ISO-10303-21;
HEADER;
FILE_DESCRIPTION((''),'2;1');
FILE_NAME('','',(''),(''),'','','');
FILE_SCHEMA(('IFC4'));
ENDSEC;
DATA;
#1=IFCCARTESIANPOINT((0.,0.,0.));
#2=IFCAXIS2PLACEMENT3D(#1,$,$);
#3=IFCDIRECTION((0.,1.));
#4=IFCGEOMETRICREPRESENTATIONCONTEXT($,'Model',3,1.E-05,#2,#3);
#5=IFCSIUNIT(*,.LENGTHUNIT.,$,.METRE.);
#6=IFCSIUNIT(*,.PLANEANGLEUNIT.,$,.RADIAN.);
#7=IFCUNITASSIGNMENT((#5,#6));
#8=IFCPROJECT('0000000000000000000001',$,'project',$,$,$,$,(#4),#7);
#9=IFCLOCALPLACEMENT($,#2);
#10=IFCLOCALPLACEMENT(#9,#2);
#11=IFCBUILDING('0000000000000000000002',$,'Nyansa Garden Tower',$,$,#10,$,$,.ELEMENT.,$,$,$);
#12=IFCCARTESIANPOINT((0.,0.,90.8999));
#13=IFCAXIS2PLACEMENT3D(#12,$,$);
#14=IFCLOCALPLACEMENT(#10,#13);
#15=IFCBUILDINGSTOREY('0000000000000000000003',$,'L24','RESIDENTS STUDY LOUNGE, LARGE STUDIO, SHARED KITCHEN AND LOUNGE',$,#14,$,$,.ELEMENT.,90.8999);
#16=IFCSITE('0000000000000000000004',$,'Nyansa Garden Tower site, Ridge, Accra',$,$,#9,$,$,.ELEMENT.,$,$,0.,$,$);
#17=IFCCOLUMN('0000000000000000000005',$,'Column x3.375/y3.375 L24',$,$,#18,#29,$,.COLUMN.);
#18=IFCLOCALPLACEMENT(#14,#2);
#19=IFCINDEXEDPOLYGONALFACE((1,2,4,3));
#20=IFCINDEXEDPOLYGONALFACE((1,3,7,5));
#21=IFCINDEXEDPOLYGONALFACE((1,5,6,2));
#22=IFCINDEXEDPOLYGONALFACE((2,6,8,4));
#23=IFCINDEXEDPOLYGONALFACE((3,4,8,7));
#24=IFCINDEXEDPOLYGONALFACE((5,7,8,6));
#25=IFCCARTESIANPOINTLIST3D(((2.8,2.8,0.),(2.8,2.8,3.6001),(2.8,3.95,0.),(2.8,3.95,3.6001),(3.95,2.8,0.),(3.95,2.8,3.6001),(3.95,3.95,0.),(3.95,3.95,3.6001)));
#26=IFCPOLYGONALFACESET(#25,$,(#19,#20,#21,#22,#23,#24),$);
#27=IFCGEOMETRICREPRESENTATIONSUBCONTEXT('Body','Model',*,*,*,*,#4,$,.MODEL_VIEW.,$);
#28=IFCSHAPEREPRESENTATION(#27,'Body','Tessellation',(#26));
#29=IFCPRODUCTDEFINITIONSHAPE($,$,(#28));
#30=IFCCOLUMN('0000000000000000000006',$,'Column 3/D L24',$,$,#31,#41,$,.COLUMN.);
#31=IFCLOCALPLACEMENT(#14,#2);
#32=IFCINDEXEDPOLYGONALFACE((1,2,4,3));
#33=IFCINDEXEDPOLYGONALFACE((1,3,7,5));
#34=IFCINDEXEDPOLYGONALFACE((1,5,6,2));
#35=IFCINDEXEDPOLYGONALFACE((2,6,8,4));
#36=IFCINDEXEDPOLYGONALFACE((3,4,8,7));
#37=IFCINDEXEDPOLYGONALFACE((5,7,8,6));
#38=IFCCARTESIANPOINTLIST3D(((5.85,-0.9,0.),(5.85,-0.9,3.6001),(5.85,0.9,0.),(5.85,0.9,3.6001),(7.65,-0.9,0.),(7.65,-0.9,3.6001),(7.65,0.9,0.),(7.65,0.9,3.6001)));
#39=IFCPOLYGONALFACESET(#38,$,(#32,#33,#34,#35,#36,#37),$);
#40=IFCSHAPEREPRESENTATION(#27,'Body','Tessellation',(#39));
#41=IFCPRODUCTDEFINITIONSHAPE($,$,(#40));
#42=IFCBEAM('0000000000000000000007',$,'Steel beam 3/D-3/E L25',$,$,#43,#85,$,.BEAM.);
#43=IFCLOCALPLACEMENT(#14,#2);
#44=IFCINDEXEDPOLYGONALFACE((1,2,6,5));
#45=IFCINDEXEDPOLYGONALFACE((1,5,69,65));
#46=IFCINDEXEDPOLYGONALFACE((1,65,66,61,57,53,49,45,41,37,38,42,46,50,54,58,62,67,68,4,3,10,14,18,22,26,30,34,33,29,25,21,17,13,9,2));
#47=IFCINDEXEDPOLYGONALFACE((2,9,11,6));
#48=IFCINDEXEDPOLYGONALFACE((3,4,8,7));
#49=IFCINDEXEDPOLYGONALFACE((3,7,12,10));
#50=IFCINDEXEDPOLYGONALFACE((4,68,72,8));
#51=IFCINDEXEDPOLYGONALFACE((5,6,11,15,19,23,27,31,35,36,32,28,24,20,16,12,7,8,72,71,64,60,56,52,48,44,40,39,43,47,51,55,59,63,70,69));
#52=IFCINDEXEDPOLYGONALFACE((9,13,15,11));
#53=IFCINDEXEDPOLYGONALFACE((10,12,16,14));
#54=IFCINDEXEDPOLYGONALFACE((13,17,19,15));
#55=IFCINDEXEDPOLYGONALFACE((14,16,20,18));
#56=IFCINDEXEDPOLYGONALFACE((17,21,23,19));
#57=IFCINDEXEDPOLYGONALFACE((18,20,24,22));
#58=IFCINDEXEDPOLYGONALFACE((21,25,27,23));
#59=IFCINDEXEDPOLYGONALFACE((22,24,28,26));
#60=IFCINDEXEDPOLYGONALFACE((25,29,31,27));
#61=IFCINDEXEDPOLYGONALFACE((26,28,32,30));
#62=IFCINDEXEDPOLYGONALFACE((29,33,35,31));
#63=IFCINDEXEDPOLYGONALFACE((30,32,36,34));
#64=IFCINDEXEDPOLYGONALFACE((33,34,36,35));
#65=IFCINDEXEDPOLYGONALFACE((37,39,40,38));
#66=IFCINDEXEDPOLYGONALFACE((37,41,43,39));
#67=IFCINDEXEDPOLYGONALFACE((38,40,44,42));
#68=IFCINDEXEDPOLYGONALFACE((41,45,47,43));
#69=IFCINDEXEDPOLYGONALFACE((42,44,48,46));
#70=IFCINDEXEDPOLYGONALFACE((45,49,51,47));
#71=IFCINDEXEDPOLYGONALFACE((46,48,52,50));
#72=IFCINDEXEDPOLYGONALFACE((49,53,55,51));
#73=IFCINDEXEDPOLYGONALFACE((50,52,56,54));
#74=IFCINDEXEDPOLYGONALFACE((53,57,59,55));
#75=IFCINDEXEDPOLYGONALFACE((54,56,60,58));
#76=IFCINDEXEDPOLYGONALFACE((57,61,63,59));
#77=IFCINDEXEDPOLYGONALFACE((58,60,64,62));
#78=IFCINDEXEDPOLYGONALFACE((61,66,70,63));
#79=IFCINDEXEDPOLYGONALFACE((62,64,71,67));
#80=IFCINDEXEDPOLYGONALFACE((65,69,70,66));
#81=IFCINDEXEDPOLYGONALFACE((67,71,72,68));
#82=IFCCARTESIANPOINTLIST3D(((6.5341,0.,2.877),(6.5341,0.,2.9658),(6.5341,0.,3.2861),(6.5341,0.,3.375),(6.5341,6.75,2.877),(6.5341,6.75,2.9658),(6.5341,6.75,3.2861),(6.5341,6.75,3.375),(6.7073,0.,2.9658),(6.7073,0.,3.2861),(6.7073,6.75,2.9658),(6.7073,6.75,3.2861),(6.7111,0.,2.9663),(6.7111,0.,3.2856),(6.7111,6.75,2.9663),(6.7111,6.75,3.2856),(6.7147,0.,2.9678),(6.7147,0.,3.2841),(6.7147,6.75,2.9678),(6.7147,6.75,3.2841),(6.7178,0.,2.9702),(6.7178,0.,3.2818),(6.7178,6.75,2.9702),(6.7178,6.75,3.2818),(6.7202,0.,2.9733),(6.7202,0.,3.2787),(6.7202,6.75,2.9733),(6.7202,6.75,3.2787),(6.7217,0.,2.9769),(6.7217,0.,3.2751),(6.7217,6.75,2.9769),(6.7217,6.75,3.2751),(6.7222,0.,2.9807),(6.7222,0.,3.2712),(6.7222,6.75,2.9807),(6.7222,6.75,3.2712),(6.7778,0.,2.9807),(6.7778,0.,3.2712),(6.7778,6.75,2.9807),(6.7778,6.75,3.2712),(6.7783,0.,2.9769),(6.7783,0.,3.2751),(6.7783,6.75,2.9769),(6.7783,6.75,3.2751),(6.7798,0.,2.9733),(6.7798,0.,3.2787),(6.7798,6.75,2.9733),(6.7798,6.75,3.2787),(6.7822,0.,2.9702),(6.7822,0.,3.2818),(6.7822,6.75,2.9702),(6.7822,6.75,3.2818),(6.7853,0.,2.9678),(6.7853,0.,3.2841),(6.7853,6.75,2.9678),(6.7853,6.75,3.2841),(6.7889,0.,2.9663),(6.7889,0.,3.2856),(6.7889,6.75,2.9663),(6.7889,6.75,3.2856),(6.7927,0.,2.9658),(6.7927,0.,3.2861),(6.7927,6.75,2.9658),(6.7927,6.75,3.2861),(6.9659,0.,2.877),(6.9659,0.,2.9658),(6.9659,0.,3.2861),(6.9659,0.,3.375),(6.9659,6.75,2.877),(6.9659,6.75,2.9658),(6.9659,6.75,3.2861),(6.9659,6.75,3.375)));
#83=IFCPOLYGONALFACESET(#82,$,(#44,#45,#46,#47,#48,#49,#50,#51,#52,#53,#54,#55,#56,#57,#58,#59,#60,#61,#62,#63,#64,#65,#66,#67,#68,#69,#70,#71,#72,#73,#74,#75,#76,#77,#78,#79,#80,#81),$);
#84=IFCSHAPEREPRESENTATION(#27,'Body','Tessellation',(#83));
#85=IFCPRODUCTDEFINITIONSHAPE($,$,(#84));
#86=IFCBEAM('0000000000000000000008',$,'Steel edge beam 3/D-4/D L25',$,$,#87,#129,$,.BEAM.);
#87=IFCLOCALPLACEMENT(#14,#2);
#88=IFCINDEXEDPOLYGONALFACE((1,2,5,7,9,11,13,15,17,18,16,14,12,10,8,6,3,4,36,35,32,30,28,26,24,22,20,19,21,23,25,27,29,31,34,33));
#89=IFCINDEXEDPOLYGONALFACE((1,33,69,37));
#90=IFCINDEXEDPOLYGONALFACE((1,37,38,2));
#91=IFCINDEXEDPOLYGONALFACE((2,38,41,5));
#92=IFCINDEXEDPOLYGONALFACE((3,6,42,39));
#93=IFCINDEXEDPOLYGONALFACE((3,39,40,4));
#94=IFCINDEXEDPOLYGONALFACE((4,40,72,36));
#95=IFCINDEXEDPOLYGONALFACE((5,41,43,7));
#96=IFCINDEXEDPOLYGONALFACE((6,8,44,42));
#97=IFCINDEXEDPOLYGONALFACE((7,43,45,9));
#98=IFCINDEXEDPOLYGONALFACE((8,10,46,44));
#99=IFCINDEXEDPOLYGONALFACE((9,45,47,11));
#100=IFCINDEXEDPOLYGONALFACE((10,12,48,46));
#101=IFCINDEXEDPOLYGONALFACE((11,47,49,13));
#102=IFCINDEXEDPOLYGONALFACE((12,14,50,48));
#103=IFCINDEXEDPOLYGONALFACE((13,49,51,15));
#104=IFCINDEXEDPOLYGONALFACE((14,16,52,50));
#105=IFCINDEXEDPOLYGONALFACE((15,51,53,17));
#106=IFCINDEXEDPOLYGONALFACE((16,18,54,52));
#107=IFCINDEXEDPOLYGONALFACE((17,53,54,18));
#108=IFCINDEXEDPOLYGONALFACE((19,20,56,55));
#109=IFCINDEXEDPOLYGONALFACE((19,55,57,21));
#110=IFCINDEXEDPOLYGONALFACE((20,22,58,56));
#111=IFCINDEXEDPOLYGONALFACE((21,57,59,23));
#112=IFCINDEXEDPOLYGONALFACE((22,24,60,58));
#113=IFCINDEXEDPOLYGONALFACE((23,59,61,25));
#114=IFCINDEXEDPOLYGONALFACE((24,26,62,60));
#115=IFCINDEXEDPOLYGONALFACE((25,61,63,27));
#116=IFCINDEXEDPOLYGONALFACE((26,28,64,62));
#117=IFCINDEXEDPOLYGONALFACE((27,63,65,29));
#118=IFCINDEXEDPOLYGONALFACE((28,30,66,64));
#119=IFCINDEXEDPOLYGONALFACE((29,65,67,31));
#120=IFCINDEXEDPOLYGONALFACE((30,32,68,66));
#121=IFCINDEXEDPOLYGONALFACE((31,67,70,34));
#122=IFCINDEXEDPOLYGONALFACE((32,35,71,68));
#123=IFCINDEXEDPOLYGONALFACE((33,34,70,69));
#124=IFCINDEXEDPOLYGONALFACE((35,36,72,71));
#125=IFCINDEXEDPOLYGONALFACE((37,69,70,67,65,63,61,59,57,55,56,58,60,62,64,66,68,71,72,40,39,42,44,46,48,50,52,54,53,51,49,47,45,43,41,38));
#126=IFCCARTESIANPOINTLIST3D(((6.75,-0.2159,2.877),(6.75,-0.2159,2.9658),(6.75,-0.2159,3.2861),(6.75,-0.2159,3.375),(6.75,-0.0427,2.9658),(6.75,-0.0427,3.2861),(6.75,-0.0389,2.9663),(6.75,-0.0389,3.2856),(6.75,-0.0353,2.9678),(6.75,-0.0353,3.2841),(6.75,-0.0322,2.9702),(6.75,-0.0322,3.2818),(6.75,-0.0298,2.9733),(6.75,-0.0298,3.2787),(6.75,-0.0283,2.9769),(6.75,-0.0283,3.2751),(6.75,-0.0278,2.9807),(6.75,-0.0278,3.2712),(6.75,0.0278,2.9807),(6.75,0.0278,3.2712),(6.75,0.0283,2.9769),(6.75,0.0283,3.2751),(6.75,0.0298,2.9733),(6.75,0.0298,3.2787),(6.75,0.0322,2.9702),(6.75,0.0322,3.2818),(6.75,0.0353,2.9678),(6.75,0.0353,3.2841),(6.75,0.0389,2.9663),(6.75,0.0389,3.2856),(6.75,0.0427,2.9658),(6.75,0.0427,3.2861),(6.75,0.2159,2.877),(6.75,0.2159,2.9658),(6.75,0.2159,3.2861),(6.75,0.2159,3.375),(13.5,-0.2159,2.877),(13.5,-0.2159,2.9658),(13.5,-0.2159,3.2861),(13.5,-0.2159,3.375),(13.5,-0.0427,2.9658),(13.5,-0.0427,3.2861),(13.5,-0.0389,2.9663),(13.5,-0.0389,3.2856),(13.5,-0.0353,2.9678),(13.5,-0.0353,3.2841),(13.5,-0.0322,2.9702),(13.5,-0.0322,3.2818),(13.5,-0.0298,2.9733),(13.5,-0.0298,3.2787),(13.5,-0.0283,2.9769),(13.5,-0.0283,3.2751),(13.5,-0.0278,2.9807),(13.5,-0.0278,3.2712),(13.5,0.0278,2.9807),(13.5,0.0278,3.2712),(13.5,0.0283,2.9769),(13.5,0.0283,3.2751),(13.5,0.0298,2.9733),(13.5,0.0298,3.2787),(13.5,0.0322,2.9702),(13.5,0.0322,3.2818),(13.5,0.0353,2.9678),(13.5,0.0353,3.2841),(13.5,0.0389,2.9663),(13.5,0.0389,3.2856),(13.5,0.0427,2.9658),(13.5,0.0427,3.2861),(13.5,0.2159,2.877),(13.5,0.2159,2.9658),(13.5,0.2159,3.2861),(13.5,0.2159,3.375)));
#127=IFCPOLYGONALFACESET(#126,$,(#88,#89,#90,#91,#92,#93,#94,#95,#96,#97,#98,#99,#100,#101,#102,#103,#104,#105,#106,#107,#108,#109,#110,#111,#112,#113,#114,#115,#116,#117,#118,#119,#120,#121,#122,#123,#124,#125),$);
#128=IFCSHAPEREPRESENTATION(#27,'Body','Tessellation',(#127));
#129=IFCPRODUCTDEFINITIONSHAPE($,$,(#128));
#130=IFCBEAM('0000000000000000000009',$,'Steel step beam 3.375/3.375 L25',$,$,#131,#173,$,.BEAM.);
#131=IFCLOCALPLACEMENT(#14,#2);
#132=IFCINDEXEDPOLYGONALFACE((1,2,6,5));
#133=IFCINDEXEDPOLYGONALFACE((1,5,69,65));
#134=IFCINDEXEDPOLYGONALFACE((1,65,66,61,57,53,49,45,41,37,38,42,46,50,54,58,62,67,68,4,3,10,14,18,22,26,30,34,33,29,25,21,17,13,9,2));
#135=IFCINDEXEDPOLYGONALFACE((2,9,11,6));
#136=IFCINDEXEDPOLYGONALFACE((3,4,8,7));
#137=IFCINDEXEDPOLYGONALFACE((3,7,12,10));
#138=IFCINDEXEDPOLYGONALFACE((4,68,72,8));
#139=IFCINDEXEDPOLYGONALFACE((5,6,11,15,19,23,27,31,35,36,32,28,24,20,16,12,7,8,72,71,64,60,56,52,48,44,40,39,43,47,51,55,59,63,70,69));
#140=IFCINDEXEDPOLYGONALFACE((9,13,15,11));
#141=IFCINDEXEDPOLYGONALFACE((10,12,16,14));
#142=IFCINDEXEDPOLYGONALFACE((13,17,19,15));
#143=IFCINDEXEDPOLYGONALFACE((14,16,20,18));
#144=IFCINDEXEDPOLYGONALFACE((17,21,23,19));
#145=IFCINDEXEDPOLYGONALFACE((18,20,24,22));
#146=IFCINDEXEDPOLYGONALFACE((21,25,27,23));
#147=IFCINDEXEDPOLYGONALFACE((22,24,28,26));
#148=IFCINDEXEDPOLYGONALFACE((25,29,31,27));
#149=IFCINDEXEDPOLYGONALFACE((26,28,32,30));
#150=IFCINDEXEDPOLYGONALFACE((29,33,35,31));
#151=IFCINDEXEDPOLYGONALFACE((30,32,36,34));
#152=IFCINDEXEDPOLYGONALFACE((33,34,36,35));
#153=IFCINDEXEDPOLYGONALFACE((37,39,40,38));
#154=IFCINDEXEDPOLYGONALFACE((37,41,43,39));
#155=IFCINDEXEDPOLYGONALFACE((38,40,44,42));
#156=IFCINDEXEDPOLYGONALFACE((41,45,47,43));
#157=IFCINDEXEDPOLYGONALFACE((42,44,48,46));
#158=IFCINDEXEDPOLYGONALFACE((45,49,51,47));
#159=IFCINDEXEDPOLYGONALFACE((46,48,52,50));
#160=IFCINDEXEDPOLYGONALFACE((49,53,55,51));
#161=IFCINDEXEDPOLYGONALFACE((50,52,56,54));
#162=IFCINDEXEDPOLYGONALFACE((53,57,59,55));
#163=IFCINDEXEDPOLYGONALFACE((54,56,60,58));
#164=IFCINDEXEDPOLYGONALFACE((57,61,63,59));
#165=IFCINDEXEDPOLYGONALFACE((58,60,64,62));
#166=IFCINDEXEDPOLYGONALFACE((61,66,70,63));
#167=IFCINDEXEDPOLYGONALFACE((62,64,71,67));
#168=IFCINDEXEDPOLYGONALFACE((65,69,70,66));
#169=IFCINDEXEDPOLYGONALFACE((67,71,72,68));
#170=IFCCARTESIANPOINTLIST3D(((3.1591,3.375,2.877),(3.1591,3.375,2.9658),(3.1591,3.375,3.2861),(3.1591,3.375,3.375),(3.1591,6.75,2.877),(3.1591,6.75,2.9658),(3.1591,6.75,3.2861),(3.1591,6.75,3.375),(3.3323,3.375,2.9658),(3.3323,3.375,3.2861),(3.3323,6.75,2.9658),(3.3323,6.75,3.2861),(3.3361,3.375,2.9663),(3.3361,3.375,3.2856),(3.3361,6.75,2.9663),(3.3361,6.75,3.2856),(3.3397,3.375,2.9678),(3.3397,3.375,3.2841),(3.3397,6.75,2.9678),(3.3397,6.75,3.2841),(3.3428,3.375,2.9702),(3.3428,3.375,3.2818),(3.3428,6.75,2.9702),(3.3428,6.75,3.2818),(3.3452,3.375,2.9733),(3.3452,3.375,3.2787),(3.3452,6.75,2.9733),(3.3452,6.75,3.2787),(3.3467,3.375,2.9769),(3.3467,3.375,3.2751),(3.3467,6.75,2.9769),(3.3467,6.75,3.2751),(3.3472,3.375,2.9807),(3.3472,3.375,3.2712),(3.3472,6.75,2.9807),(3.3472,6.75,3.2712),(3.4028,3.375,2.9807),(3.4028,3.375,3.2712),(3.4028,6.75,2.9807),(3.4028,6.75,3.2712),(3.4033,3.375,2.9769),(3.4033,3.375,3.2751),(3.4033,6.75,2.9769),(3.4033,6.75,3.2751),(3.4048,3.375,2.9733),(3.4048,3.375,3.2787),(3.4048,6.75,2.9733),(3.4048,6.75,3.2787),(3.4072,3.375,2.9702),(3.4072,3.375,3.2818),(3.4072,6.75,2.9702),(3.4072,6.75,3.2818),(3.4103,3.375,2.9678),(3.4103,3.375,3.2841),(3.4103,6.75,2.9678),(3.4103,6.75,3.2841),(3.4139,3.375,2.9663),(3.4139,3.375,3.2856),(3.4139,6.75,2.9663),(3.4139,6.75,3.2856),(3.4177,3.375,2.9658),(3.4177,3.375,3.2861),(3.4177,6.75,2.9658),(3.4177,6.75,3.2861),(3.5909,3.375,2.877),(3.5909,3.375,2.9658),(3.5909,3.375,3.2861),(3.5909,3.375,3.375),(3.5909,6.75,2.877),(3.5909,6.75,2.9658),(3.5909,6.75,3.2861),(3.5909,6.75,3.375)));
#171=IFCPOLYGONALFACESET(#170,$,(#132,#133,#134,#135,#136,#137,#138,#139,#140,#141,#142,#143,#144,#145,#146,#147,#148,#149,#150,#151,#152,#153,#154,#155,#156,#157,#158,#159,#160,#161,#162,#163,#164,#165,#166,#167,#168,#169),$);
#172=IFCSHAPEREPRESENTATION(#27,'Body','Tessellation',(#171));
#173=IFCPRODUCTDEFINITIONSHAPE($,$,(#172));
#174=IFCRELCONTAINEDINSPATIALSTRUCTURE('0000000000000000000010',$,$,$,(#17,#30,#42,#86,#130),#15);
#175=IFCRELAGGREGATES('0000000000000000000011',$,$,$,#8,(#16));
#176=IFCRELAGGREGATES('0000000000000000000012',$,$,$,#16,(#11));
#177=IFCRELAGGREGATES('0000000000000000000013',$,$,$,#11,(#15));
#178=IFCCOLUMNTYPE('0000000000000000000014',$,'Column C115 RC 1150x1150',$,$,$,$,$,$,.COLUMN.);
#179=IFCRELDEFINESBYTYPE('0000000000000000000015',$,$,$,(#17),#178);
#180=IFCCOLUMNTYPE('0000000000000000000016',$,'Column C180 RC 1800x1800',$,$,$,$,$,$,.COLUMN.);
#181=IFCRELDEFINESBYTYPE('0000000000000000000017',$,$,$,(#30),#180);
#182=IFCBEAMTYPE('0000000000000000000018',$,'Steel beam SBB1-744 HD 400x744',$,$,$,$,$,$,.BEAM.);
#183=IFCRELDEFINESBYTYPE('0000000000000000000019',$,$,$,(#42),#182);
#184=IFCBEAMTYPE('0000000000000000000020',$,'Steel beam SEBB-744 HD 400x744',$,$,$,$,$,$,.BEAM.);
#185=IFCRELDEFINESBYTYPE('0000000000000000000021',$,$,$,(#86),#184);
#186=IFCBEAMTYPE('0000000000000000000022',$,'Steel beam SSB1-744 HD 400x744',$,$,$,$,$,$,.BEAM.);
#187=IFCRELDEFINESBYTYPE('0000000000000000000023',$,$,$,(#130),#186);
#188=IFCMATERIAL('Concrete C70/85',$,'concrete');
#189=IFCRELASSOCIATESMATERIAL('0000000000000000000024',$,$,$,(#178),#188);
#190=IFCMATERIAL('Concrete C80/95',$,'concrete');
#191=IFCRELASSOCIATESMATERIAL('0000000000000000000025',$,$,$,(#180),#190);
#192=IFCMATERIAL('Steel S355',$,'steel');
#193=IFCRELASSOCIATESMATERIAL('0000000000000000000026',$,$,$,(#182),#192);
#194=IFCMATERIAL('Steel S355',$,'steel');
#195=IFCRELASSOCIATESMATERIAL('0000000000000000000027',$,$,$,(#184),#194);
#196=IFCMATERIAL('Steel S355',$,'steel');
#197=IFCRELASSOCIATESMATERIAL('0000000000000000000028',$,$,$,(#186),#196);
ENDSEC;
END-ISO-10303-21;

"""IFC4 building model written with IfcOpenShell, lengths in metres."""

from ifc_helpers import new_model, si_unit, direction, frame, origin, origin_2d, place, context, subcontext, project, spatial, rectangle, i_section, extrude, material, material_profile, profile_set, type_object, element, save


model = new_model("IFC4")

# Units and contexts
model_context = context("Model", 3, precision=1e-05, world=origin(), true_north=direction((0.0, 1.0)))
body_context = subcontext(model_context, "Body", "Model", "MODEL_VIEW")
ifc_project = project(units=[si_unit("LENGTHUNIT", "METRE"), si_unit("PLANEANGLEUNIT", "RADIAN")], contexts=[model_context])

# Site, building, storey
site_placement = place(None, origin())
site = spatial("IfcSite", under=ifc_project, at=site_placement, Name="Nyansa Garden Tower site, Ridge, Accra", CompositionType="ELEMENT", RefElevation=0.0)
building_placement = place(site_placement, origin())
building = spatial("IfcBuilding", under=site, at=building_placement, Name="Nyansa Garden Tower", CompositionType="ELEMENT")
storey_placement = place(building_placement, frame((0.0, 0.0, 90.8999)))
storey = spatial("IfcBuildingStorey", under=building, at=storey_placement, Name="L24", Description="RESIDENTS STUDY LOUNGE, LARGE STUDIO, SHARED KITCHEN AND LOUNGE", CompositionType="ELEMENT", Elevation=90.8999)

# Columns
ifc_material_1 = material(Name="Concrete C70/85", Category="concrete")
ifc_material_profile_1 = material_profile(ifc_material_1, rectangle(XDim=1.1499, YDim=1.1499, at=origin_2d()), Name="RC 1150x1150")
ifc_profile_set_1 = profile_set([ifc_material_profile_1], Name="Concrete C70/85")
column_type_1 = type_object("IfcColumnType", Name="Column C115 RC 1150x1150", PredefinedType="COLUMN", material=ifc_profile_set_1)
column_1_placement = place(storey_placement, frame((3.375, 3.375, 0.0), z_axis=(0.0, 0.0, 1.0), x_axis=(1.0, 0.0, 0.0)))
element("IfcColumn", 1, at=column_1_placement, inside=storey, type_object=column_type_1, Name="Column x3.375/y3.375 L24", PredefinedType="COLUMN", context=body_context, shape_type="SweptSolid", body=[
    extrude(rectangle(XDim=1.1499, YDim=1.1499, at=origin_2d()), origin(), (0.0, 0.0, 1.0), 3.6001),
])
ifc_material_2 = material(Name="Concrete C80/95", Category="concrete")
ifc_material_profile_2 = material_profile(ifc_material_2, rectangle(XDim=1.8, YDim=1.8, at=origin_2d()), Name="RC 1800x1800")
ifc_profile_set_2 = profile_set([ifc_material_profile_2], Name="Concrete C80/95")
column_type_2 = type_object("IfcColumnType", Name="Column C180 RC 1800x1800", PredefinedType="COLUMN", material=ifc_profile_set_2)
column_2_placement = place(storey_placement, frame((6.75, 0.0, 0.0), z_axis=(0.0, 0.0, 1.0), x_axis=(1.0, 0.0, 0.0)))
element("IfcColumn", 2, at=column_2_placement, inside=storey, type_object=column_type_2, Name="Column 3/D L24", PredefinedType="COLUMN", context=body_context, shape_type="SweptSolid", body=[
    extrude(rectangle(XDim=1.8, YDim=1.8, at=origin_2d()), origin(), (0.0, 0.0, 1.0), 3.6001),
])

# Beams
ifc_material_3 = material(Name="Steel S355", Category="steel")
ifc_material_profile_3 = material_profile(ifc_material_3, i_section(OverallWidth=0.4319, OverallDepth=0.498, WebThickness=0.0557, FlangeThickness=0.0889, FilletRadius=0.0149, at=origin_2d()), Name="HD 400x744")
ifc_profile_set_3 = profile_set([ifc_material_profile_3], Name="Steel S355")
beam_type_1 = type_object("IfcBeamType", Name="Steel beam SBB1-744 HD 400x744", PredefinedType="BEAM", material=ifc_profile_set_3)
beam_1_placement = place(storey_placement, frame((6.75, 0.0, 3.126), z_axis=(0.0, 1.0, 0.0), x_axis=(-1.0, 0.0, 0.0)))
element("IfcBeam", 3, at=beam_1_placement, inside=storey, type_object=beam_type_1, Name="Steel beam 3/D-3/E L25", PredefinedType="BEAM", context=body_context, shape_type="SweptSolid", body=[
    extrude(i_section(OverallWidth=0.4319, OverallDepth=0.498, WebThickness=0.0557, FlangeThickness=0.0889, FilletRadius=0.0149, at=origin_2d()), origin(), (0.0, 0.0, 1.0), 6.75),
])
ifc_material_4 = material(Name="Steel S355", Category="steel")
ifc_material_profile_4 = material_profile(ifc_material_4, i_section(OverallWidth=0.4319, OverallDepth=0.498, WebThickness=0.0557, FlangeThickness=0.0889, FilletRadius=0.0149, at=origin_2d()), Name="HD 400x744")
ifc_profile_set_4 = profile_set([ifc_material_profile_4], Name="Steel S355")
beam_type_2 = type_object("IfcBeamType", Name="Steel beam SEBB-744 HD 400x744", PredefinedType="BEAM", material=ifc_profile_set_4)
beam_2_placement = place(storey_placement, frame((6.75, 0.0, 3.126), z_axis=(1.0, 0.0, 0.0), x_axis=(0.0, 1.0, 0.0)))
element("IfcBeam", 4, at=beam_2_placement, inside=storey, type_object=beam_type_2, Name="Steel edge beam 3/D-4/D L25", PredefinedType="BEAM", context=body_context, shape_type="SweptSolid", body=[
    extrude(i_section(OverallWidth=0.4319, OverallDepth=0.498, WebThickness=0.0557, FlangeThickness=0.0889, FilletRadius=0.0149, at=origin_2d()), origin(), (0.0, 0.0, 1.0), 6.75),
])
ifc_material_5 = material(Name="Steel S355", Category="steel")
ifc_material_profile_5 = material_profile(ifc_material_5, i_section(OverallWidth=0.4319, OverallDepth=0.498, WebThickness=0.0557, FlangeThickness=0.0889, FilletRadius=0.0149, at=origin_2d()), Name="HD 400x744")
ifc_profile_set_5 = profile_set([ifc_material_profile_5], Name="Steel S355")
beam_type_3 = type_object("IfcBeamType", Name="Steel beam SSB1-744 HD 400x744", PredefinedType="BEAM", material=ifc_profile_set_5)
for number, where, z_axis, x_axis, name in (
    (5, (3.375, 3.375, 3.126), (0.0, 1.0, 0.0), (-1.0, 0.0, 0.0), "Steel step beam 3.375/3.375 L25"),
):
    element("IfcBeam", number, at=place(storey_placement, frame(where, z_axis=z_axis, x_axis=x_axis)), inside=storey, type_object=beam_type_3, Name=name, PredefinedType="BEAM", context=body_context, shape_type="SweptSolid", body=[
        extrude(i_section(OverallWidth=0.4319, OverallDepth=0.498, WebThickness=0.0557, FlangeThickness=0.0889, FilletRadius=0.0149, at=origin_2d()), origin(), (0.0, 0.0, 1.0), 3.375),
    ])

save(model, "model.ifc")
